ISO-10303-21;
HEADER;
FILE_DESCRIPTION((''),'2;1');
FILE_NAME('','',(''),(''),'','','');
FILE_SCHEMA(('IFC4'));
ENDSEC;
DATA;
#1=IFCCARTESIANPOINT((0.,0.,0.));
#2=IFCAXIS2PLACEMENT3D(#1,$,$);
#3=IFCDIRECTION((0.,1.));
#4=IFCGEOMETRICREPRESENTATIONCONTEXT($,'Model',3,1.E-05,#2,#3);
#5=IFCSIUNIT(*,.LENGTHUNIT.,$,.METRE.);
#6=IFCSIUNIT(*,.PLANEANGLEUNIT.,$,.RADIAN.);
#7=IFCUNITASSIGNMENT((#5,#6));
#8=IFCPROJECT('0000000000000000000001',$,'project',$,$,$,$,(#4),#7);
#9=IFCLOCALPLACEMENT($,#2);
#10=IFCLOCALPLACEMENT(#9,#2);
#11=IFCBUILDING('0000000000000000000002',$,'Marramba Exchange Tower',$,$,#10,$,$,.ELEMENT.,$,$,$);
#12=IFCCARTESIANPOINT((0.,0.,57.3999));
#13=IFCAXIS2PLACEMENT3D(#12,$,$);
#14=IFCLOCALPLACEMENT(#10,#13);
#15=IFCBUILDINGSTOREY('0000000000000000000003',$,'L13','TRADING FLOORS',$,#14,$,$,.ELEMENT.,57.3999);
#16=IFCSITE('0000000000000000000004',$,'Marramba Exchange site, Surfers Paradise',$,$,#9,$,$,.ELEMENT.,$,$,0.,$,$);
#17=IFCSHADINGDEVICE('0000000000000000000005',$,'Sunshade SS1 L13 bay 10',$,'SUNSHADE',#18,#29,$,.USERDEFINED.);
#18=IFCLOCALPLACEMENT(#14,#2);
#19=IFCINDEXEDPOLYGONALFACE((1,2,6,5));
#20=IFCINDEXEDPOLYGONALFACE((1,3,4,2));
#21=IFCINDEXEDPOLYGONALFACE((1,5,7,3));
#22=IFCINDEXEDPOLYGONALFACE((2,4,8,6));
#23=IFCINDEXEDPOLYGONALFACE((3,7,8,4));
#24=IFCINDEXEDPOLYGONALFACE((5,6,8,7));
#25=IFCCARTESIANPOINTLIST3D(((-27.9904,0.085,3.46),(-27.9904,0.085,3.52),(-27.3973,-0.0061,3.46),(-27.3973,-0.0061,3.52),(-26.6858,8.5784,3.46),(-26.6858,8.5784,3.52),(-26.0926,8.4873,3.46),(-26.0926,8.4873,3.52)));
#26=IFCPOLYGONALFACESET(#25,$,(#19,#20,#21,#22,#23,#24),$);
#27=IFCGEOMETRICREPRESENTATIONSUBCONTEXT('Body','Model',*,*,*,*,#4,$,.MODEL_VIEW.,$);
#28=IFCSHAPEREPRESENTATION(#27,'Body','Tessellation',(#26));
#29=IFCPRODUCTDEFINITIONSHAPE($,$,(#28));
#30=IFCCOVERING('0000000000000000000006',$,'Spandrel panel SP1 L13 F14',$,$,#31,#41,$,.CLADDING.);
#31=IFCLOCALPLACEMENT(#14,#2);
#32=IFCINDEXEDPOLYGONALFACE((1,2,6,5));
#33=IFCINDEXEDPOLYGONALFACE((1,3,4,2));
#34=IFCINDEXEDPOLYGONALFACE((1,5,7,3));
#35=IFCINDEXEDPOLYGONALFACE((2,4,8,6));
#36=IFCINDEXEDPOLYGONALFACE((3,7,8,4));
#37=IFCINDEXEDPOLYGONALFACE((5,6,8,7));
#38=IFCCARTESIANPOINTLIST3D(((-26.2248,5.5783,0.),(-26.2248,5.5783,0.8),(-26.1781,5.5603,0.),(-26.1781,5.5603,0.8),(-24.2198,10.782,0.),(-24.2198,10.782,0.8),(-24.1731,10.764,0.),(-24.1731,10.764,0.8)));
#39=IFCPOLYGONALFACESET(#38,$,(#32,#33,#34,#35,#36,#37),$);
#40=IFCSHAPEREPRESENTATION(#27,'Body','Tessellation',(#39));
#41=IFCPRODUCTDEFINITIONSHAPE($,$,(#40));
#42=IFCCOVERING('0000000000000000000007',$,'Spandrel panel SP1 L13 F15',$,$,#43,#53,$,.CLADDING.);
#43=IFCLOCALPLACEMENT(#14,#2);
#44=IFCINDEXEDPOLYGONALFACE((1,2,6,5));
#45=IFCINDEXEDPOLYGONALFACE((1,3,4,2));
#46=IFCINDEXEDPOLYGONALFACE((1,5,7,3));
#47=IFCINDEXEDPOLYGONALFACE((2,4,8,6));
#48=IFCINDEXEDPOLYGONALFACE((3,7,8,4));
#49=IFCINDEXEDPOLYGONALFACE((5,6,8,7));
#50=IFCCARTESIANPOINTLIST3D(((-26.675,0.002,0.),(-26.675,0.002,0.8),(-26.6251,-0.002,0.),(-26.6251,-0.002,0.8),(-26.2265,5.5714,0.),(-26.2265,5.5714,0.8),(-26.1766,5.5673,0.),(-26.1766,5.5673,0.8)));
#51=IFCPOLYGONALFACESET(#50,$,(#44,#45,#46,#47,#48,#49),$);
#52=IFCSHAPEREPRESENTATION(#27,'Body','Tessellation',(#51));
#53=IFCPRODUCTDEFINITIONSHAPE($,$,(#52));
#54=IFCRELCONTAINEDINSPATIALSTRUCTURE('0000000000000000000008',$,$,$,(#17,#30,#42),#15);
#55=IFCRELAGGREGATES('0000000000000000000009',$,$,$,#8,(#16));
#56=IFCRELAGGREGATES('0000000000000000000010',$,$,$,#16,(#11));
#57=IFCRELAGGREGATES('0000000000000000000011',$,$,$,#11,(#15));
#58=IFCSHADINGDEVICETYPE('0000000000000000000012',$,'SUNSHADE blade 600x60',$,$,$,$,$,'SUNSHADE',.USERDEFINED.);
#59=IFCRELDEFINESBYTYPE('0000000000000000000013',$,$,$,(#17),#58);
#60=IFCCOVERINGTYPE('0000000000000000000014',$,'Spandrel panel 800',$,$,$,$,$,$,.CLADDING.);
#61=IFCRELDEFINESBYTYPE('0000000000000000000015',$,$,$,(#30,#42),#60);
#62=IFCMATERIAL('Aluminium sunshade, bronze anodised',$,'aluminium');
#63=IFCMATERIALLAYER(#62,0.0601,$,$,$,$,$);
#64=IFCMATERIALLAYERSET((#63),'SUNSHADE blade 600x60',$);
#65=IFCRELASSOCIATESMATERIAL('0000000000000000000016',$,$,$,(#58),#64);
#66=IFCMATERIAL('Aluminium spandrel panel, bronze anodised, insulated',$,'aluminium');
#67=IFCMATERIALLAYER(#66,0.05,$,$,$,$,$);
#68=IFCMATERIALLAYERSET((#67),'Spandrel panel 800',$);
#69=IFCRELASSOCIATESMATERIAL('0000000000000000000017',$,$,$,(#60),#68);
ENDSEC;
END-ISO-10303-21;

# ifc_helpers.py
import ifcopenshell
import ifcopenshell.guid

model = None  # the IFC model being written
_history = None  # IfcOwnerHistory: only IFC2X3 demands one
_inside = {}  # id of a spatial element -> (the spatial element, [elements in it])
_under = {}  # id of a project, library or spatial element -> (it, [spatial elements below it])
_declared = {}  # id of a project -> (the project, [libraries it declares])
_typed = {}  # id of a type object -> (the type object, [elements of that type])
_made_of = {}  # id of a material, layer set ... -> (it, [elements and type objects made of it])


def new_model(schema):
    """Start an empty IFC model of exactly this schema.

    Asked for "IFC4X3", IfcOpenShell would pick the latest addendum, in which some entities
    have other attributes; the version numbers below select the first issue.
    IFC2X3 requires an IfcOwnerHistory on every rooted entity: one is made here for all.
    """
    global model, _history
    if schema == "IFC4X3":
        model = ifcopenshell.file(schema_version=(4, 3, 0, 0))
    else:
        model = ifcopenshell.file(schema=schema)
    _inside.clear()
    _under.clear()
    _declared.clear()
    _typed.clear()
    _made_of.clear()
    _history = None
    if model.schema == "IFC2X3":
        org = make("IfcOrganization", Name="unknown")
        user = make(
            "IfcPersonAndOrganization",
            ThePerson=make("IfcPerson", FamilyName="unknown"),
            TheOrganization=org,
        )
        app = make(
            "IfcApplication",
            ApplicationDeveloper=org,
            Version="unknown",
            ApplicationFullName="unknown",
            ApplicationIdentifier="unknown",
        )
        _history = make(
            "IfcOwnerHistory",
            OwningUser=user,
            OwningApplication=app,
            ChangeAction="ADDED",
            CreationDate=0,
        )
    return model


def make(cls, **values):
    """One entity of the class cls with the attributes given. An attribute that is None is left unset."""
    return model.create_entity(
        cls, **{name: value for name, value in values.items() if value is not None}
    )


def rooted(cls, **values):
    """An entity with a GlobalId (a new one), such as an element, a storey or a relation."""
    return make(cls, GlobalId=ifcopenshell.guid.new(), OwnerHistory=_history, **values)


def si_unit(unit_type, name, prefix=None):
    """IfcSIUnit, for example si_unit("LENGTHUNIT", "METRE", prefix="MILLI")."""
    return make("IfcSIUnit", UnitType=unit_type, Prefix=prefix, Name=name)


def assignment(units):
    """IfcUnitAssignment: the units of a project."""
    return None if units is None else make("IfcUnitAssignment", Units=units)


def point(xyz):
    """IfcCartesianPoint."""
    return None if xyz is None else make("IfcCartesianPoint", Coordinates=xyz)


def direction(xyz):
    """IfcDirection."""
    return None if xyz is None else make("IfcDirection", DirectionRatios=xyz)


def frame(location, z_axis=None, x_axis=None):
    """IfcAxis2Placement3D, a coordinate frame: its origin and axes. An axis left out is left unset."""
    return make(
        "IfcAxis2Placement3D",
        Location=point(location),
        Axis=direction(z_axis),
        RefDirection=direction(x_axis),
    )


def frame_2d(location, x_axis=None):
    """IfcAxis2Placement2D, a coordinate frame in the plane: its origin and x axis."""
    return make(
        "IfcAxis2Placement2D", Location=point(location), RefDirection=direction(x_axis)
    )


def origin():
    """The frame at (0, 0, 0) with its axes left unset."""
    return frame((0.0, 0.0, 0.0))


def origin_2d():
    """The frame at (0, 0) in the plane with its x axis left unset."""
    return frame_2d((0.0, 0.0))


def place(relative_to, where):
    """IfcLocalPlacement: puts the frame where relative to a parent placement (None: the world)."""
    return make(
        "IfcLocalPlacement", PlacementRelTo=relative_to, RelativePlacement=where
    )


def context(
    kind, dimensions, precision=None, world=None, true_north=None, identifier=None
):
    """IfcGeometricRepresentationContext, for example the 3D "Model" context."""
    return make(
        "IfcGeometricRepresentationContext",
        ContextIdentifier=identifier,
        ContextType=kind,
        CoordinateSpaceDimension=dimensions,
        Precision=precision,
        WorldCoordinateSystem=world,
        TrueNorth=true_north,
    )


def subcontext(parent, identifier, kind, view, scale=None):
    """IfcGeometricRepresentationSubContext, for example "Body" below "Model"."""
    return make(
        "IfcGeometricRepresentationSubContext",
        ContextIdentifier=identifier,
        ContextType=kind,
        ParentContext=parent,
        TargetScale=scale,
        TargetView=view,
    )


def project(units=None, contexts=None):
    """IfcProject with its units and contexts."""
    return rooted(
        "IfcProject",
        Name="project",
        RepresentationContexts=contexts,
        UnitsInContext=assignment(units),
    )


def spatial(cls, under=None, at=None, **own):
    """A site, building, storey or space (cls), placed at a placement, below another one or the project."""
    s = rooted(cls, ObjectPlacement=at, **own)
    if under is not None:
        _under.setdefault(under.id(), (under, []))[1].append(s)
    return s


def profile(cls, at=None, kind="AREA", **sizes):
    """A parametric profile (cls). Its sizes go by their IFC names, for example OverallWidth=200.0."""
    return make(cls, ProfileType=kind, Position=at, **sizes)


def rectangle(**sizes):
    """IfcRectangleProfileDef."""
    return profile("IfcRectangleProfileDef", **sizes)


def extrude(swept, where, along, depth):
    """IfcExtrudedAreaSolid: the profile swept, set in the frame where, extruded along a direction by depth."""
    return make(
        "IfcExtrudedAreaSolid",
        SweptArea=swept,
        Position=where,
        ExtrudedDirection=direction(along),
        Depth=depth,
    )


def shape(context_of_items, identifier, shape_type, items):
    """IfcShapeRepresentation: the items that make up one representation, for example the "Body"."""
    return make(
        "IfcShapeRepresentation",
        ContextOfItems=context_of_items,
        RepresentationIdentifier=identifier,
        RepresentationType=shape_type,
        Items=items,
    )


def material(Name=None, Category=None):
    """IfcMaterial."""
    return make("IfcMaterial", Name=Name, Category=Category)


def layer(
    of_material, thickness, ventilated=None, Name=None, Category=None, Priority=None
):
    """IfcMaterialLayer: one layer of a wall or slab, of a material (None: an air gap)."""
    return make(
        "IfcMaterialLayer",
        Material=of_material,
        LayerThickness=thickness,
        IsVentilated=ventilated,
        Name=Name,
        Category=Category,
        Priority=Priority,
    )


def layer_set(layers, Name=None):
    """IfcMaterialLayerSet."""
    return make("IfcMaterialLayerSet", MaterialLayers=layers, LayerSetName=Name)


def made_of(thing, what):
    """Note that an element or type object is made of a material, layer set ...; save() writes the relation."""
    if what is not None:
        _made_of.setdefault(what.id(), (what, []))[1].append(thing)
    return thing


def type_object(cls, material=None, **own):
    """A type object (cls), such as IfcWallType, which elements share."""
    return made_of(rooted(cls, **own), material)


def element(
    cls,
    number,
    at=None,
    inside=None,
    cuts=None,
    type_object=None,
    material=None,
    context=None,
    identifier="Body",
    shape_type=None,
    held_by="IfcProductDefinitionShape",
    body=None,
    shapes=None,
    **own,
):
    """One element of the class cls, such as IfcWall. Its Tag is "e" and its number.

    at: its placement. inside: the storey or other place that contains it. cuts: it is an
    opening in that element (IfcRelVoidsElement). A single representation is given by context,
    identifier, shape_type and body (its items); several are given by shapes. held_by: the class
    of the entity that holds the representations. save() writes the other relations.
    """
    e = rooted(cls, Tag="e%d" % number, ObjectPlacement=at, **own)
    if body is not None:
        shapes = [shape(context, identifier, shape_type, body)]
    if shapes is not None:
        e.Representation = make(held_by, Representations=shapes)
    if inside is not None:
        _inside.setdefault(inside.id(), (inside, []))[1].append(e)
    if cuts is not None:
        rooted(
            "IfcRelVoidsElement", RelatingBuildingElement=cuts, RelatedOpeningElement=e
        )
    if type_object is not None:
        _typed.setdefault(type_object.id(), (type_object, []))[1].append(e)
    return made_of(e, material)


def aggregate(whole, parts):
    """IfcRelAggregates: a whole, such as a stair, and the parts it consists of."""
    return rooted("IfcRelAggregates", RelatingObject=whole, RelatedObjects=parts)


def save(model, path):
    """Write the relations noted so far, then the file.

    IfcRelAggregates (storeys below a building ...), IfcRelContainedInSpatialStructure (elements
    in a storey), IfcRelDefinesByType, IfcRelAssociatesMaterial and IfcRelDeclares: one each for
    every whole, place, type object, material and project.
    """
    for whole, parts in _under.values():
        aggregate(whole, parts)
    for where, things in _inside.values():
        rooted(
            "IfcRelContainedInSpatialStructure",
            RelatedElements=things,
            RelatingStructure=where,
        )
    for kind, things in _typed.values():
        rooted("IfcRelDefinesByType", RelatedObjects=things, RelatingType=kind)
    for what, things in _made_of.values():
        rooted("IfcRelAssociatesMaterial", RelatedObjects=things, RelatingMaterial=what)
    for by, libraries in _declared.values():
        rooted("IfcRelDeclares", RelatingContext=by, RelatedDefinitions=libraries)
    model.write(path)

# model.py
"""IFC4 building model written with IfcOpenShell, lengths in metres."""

from ifc_helpers import new_model, si_unit, direction, frame, origin, origin_2d, place, context, subcontext, project, spatial, rectangle, extrude, material, layer, layer_set, type_object, element, save


model = new_model("IFC4")

# Units and contexts
model_context = context("Model", 3, precision=1e-05, world=origin(), true_north=direction((0.0, 1.0)))
body_context = subcontext(model_context, "Body", "Model", "MODEL_VIEW")
ifc_project = project(units=[si_unit("LENGTHUNIT", "METRE"), si_unit("PLANEANGLEUNIT", "RADIAN")], contexts=[model_context])

# Site, building, storey
site_placement = place(None, origin())
site = spatial("IfcSite", under=ifc_project, at=site_placement, Name="Marramba Exchange site, Surfers Paradise", CompositionType="ELEMENT", RefElevation=0.0)
building_placement = place(site_placement, origin())
building = spatial("IfcBuilding", under=site, at=building_placement, Name="Marramba Exchange Tower", CompositionType="ELEMENT")
storey_placement = place(building_placement, frame((0.0, 0.0, 57.3999)))
storey = spatial("IfcBuildingStorey", under=building, at=storey_placement, Name="L13", Description="TRADING FLOORS", CompositionType="ELEMENT", Elevation=57.3999)

# Shading device
ifc_material_1 = material(Name="Aluminium sunshade, bronze anodised", Category="aluminium")
ifc_layer_1 = layer(ifc_material_1, 0.0601)
ifc_layer_set_1 = layer_set([ifc_layer_1], Name="SUNSHADE blade 600x60")
shading_device_type_1 = type_object("IfcShadingDeviceType", Name="SUNSHADE blade 600x60", ElementType="SUNSHADE", PredefinedType="USERDEFINED", material=ifc_layer_set_1)
shading_device_1_placement = place(storey_placement, frame((-27.0415, 4.2861, 3.46), z_axis=(0.0, 0.0, 1.0), x_axis=(-0.151825, -0.988407, 0.0)))
element("IfcShadingDevice", 1, at=shading_device_1_placement, inside=storey, type_object=shading_device_type_1, Name="Sunshade SS1 L13 bay 10", ObjectType="SUNSHADE", PredefinedType="USERDEFINED", context=body_context, shape_type="SweptSolid", body=[
    extrude(rectangle(XDim=8.593, YDim=0.6001, at=origin_2d()), origin(), (0.0, 0.0, 1.0), 0.0601),
])

# Coverings
ifc_material_2 = material(Name="Aluminium spandrel panel, bronze anodised, insulated", Category="aluminium")
ifc_layer_2 = layer(ifc_material_2, 0.05)
ifc_layer_set_2 = layer_set([ifc_layer_2], Name="Spandrel panel 800")
covering_type = type_object("IfcCoveringType", Name="Spandrel panel 800", PredefinedType="CLADDING", material=ifc_layer_set_2)
covering_1_placement = place(storey_placement, frame((-25.199, 8.1711, 0.0), z_axis=(0.0, 0.0, 1.0), x_axis=(-0.359526, -0.933135, 0.0)))
element("IfcCovering", 2, at=covering_1_placement, inside=storey, type_object=covering_type, Name="Spandrel panel SP1 L13 F14", PredefinedType="CLADDING", context=body_context, shape_type="SweptSolid", body=[
    extrude(rectangle(XDim=5.5767, YDim=0.05, at=origin_2d()), origin(), (0.0, 0.0, 1.0), 0.8),
])
covering_2_placement = place(storey_placement, frame((-26.4258, 2.7847, 0.0), z_axis=(0.0, 0.0, 1.0), x_axis=(-0.080275, -0.996773, 0.0)))
element("IfcCovering", 3, at=covering_2_placement, inside=storey, type_object=covering_type, Name="Spandrel panel SP1 L13 F15", PredefinedType="CLADDING", context=body_context, shape_type="SweptSolid", body=[
    extrude(rectangle(XDim=5.5874, YDim=0.05, at=origin_2d()), origin(), (0.0, 0.0, 1.0), 0.8),
])

save(model, "model.ifc")
